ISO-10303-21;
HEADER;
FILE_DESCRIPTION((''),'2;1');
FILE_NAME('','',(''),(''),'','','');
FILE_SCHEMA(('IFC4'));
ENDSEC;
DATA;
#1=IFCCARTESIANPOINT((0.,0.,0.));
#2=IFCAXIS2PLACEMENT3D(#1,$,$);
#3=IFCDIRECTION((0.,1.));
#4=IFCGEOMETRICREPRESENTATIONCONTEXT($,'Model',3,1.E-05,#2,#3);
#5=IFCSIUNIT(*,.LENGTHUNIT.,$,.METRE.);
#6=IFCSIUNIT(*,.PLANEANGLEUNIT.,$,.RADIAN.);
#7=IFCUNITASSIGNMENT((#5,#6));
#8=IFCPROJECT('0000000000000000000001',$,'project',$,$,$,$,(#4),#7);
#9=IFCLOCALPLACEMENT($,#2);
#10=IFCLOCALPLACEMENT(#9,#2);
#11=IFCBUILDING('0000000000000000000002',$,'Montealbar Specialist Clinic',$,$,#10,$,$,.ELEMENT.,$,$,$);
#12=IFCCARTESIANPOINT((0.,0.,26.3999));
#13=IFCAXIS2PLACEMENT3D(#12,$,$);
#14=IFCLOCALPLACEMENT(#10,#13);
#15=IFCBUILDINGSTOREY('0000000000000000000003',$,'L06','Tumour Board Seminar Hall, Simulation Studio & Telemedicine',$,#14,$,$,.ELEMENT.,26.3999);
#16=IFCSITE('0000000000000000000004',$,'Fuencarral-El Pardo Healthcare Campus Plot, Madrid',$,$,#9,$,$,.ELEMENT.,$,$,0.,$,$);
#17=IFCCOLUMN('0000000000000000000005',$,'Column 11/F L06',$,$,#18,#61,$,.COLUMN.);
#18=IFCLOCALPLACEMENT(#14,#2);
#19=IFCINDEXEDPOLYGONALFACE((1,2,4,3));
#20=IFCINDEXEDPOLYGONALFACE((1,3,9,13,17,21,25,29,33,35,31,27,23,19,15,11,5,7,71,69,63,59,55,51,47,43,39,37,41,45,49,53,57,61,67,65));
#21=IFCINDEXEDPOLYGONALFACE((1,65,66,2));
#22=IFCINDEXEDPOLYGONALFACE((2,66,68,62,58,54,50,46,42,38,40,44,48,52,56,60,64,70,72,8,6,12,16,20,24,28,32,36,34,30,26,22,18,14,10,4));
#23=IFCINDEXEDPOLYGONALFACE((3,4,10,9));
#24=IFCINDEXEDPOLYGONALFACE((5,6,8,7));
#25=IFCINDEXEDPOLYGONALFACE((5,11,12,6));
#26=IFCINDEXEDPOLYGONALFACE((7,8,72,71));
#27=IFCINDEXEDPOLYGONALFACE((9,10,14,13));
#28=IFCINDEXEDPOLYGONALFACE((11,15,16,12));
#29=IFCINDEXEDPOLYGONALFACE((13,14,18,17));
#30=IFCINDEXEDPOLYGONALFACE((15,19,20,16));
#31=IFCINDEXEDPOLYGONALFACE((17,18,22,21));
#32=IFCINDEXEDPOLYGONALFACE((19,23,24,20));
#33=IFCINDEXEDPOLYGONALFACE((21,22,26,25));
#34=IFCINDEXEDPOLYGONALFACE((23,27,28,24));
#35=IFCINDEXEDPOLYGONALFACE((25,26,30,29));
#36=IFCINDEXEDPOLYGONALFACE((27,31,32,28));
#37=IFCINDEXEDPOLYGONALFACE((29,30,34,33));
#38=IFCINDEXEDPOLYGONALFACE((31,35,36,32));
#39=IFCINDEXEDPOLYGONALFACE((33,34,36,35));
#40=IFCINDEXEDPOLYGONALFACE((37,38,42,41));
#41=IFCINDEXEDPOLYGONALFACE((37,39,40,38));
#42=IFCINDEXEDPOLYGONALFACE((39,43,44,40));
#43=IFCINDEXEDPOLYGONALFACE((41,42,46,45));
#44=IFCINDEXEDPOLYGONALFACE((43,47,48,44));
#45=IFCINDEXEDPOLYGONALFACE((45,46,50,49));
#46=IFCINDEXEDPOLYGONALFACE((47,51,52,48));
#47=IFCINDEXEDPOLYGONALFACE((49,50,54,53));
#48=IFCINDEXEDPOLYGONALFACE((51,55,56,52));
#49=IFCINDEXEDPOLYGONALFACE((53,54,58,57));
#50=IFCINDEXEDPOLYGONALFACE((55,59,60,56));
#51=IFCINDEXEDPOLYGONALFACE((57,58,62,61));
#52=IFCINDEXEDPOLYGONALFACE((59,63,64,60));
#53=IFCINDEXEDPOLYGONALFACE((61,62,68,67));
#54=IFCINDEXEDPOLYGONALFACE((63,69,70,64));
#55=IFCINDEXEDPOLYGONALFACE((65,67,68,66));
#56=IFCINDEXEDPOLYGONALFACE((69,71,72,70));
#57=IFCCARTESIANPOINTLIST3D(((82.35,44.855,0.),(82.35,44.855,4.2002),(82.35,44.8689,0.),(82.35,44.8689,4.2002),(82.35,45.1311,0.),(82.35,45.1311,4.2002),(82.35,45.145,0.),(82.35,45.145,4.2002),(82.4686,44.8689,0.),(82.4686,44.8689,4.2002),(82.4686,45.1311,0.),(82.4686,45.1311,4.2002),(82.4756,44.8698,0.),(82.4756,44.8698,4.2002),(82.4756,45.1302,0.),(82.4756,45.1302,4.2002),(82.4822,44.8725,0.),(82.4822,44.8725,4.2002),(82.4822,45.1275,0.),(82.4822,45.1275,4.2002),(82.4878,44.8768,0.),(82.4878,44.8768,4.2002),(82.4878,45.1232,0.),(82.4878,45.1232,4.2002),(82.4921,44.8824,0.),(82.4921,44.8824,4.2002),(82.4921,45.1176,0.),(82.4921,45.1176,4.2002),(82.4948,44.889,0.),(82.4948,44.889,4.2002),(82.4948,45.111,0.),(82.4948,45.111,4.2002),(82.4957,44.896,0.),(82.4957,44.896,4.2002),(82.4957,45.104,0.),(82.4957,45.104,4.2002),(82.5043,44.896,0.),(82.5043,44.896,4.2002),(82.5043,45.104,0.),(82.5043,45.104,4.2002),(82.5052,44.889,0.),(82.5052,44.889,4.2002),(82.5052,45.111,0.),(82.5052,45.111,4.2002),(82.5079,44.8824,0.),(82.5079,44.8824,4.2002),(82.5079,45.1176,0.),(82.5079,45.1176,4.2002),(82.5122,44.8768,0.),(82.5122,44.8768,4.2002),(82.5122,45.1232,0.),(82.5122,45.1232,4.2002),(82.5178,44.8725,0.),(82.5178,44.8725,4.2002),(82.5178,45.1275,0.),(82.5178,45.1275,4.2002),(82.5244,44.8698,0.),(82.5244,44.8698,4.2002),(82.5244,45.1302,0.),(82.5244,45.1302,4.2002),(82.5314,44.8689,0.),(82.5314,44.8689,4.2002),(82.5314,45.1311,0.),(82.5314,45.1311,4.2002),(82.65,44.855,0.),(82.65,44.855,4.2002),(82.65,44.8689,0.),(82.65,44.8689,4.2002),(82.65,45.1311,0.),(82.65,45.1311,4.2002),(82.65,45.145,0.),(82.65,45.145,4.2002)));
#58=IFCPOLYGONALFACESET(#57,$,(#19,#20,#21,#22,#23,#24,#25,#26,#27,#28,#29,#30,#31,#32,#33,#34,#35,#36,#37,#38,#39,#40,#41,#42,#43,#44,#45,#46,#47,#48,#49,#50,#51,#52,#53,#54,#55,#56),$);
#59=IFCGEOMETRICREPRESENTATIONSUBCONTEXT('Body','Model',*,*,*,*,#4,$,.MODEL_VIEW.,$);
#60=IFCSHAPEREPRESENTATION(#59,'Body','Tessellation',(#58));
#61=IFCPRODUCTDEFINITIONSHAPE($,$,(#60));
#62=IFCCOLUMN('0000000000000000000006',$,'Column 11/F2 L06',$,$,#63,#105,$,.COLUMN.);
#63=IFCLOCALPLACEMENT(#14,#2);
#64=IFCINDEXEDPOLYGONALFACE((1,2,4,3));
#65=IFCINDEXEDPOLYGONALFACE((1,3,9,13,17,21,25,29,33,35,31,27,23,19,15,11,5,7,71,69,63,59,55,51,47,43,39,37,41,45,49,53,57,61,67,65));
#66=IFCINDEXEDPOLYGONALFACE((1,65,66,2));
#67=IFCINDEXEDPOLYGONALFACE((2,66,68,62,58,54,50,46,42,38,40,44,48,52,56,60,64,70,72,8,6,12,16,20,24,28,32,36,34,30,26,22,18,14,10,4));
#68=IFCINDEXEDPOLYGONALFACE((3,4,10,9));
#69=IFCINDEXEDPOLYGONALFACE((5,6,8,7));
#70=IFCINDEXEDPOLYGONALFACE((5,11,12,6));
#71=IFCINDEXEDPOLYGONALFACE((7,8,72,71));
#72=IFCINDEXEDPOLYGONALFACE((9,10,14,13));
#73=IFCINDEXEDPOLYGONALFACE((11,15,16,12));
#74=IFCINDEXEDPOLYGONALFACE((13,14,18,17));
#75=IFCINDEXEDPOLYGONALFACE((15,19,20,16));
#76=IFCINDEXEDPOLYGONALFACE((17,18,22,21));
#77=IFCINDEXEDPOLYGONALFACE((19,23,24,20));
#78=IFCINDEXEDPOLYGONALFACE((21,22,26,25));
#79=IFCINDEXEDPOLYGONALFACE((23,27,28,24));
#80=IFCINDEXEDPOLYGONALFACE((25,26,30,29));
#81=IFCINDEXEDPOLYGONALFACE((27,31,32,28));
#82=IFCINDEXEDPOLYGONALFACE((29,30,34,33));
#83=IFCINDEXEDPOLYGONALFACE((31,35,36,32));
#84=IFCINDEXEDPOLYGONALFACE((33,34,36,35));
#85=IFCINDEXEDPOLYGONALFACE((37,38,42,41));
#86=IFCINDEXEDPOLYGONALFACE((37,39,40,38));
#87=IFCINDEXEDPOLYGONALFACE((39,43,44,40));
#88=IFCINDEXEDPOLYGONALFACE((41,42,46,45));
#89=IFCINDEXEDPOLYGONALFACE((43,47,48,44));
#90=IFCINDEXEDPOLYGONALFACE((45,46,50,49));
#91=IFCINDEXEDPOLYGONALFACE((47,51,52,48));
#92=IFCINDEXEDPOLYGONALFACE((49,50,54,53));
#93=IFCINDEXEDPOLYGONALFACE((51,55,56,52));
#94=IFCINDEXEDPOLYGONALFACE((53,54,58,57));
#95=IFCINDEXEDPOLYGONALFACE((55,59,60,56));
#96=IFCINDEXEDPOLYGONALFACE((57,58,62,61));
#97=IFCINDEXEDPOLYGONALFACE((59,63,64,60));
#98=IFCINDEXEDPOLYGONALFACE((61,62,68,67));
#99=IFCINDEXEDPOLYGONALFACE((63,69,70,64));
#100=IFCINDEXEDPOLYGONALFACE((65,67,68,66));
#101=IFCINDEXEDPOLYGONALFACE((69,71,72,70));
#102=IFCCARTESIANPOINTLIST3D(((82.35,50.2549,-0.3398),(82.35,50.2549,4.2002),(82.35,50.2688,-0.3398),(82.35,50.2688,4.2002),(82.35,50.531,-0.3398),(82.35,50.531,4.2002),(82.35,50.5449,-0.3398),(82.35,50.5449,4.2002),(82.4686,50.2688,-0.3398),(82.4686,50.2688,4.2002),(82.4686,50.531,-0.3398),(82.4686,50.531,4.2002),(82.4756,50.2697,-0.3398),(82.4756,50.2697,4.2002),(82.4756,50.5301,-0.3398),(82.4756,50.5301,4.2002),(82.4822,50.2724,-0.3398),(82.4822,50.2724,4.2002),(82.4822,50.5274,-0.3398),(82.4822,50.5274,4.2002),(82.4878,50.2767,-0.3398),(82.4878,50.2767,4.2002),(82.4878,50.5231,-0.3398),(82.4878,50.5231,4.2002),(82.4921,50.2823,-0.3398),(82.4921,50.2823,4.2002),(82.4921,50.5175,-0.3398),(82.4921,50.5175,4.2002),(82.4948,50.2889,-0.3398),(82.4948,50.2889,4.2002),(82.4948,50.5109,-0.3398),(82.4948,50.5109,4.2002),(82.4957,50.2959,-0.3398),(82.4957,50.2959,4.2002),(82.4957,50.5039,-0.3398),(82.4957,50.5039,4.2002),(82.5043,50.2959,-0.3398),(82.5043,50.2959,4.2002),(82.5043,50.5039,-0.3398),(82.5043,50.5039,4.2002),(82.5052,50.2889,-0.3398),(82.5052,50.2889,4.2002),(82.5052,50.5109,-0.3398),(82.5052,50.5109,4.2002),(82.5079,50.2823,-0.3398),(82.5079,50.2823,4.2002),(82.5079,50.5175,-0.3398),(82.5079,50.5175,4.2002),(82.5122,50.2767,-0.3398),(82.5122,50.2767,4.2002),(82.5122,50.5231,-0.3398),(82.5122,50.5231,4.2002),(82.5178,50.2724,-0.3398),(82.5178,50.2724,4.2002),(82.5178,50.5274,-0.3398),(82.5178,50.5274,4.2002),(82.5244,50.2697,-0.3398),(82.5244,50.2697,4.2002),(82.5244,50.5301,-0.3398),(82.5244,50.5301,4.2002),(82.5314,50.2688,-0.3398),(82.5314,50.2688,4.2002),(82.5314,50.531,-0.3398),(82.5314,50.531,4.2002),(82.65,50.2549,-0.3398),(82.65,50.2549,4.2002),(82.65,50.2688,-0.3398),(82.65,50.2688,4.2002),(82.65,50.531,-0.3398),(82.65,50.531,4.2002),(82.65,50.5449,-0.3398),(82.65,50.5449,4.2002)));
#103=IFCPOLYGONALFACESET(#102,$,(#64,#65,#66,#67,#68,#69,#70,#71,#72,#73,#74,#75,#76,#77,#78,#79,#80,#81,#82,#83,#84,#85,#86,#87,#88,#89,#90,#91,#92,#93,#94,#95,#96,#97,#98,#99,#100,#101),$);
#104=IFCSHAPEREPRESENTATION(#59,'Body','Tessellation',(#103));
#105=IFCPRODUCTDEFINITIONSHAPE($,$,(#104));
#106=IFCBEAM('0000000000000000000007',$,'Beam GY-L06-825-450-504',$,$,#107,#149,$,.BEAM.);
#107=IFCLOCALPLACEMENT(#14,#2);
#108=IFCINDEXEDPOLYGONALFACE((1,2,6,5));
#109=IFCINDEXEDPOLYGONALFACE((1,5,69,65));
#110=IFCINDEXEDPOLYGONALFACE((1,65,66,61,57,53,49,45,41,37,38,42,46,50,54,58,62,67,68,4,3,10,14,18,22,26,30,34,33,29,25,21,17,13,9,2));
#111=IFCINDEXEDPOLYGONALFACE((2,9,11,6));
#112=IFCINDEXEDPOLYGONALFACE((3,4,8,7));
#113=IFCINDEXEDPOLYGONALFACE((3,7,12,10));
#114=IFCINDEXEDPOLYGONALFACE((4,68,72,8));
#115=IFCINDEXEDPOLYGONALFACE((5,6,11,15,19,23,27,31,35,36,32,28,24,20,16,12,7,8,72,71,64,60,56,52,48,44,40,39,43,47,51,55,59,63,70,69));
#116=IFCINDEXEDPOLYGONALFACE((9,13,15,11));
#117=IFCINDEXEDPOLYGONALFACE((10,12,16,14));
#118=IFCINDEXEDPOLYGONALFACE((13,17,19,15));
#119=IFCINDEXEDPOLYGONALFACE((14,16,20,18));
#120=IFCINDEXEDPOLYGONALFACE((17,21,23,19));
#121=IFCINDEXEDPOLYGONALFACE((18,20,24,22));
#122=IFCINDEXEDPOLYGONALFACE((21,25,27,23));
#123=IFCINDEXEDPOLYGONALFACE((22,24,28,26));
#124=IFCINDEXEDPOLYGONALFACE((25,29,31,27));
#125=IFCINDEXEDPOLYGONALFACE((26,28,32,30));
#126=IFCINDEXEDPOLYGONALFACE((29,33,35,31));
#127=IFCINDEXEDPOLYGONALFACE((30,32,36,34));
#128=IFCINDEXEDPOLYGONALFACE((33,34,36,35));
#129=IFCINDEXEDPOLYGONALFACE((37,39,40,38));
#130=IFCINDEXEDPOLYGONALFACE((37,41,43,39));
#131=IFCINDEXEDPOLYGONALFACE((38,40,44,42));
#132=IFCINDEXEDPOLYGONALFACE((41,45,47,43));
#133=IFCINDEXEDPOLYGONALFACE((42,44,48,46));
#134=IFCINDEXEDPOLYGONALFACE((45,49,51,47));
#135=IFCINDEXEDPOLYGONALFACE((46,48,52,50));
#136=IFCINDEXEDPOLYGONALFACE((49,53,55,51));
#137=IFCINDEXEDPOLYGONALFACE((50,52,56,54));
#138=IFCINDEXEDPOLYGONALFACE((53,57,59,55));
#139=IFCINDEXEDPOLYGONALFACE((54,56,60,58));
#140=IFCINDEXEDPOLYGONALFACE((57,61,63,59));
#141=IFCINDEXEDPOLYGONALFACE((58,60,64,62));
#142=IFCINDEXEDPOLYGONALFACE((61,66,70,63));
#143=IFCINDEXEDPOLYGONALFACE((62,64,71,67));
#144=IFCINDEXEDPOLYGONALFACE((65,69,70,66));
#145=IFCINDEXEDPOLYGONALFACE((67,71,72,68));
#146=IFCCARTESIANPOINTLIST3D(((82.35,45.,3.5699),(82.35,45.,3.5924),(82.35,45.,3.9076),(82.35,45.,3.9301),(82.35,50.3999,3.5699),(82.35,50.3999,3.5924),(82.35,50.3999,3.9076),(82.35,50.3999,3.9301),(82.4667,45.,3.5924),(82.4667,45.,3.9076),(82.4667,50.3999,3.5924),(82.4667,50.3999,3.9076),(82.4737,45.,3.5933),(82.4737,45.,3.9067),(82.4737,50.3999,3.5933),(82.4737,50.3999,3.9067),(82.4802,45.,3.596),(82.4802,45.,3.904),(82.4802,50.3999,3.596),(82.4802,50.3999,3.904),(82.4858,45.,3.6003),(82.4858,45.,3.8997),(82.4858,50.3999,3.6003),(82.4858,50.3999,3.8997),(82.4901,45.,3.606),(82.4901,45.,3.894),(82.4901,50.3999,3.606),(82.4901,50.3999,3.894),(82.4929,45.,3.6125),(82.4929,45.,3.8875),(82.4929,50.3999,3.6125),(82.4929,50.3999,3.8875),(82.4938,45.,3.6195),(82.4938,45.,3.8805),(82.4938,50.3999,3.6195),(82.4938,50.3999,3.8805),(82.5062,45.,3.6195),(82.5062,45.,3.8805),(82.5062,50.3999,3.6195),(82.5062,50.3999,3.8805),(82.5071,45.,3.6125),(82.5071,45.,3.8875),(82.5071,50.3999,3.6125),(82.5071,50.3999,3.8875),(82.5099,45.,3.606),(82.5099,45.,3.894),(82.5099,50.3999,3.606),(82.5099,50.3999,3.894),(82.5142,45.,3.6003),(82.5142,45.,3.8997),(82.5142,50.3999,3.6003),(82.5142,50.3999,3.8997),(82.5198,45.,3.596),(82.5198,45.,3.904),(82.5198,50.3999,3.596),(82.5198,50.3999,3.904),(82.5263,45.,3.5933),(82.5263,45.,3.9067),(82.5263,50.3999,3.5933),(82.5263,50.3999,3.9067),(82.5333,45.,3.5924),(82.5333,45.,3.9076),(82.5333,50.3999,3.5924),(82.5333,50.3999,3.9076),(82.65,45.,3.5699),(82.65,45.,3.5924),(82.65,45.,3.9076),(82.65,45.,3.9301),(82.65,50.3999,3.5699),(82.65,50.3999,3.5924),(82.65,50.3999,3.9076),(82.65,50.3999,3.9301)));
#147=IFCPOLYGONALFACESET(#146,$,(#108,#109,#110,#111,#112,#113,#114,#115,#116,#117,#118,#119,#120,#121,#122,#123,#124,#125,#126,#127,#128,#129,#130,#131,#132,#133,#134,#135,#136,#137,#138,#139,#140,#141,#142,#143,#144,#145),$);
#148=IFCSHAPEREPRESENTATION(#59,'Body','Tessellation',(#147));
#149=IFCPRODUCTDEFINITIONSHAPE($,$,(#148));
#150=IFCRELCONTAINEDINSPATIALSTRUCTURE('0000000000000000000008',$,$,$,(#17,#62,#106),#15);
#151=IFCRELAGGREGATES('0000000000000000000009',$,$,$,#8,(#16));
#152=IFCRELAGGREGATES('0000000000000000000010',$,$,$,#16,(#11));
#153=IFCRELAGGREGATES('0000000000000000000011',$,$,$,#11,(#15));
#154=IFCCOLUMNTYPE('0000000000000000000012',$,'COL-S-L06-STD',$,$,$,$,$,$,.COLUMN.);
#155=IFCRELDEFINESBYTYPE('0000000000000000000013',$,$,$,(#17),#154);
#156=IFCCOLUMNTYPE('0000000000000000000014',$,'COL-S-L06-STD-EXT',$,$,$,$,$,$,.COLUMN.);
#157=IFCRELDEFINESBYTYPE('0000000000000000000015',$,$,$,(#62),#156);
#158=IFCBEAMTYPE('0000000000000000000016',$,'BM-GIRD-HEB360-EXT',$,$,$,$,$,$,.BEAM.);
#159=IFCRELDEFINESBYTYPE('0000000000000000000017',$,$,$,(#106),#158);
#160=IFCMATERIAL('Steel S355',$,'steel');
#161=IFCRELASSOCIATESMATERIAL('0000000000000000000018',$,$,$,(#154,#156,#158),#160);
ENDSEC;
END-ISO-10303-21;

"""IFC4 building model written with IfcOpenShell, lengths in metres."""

from ifc_helpers import new_model, si_unit, direction, frame, origin, origin_2d, place, context, subcontext, project, spatial, i_section, extrude, material, material_profile, profile_set, type_object, element, save


model = new_model("IFC4")

# Units and contexts
model_context = context("Model", 3, precision=1e-05, world=origin(), true_north=direction((0.0, 1.0)))
body_context = subcontext(model_context, "Body", "Model", "MODEL_VIEW")
ifc_project = project(units=[si_unit("LENGTHUNIT", "METRE"), si_unit("PLANEANGLEUNIT", "RADIAN")], contexts=[model_context])

# Site, building, storey
site_placement = place(None, origin())
site = spatial("IfcSite", under=ifc_project, at=site_placement, Name="Fuencarral-El Pardo Healthcare Campus Plot, Madrid", CompositionType="ELEMENT", RefElevation=0.0)
building_placement = place(site_placement, origin())
building = spatial("IfcBuilding", under=site, at=building_placement, Name="Montealbar Specialist Clinic", CompositionType="ELEMENT")
storey_placement = place(building_placement, frame((0.0, 0.0, 26.3999)))
storey = spatial("IfcBuildingStorey", under=building, at=storey_placement, Name="L06", Description="Tumour Board Seminar Hall, Simulation Studio & Telemedicine", CompositionType="ELEMENT", Elevation=26.3999)

# Columns
ifc_material_1 = material(Name="Steel S355", Category="steel")
ifc_material_profile_1 = material_profile(ifc_material_1, i_section(OverallWidth=0.3, OverallDepth=0.29, WebThickness=0.0085, FlangeThickness=0.0139, FilletRadius=0.0271, at=origin_2d()), Name="HEA 300", Category="steel")
ifc_profile_set_1 = profile_set([ifc_material_profile_1], Name="Steel S355")
column_type_1 = type_object("IfcColumnType", Name="COL-S-L06-STD", PredefinedType="COLUMN", material=ifc_profile_set_1)
column_1_placement = place(storey_placement, frame((82.5, 45.0, 0.0), z_axis=(0.0, 0.0, 1.0), x_axis=(1.0, 0.0, 0.0)))
element("IfcColumn", 1, at=column_1_placement, inside=storey, type_object=column_type_1, Name="Column 11/F L06", PredefinedType="COLUMN", context=body_context, shape_type="SweptSolid", body=[
    extrude(i_section(OverallWidth=0.3, OverallDepth=0.29, WebThickness=0.0085, FlangeThickness=0.0139, FilletRadius=0.0271, at=origin_2d()), origin(), (0.0, 0.0, 1.0), 4.2002),
])
ifc_material_profile_2 = material_profile(ifc_material_1, i_section(OverallWidth=0.3, OverallDepth=0.29, WebThickness=0.0085, FlangeThickness=0.0139, FilletRadius=0.0271, at=origin_2d()), Name="HEA 300", Category="steel")
ifc_profile_set_2 = profile_set([ifc_material_profile_2], Name="Steel S355")
column_type_2 = type_object("IfcColumnType", Name="COL-S-L06-STD-EXT", PredefinedType="COLUMN", material=ifc_profile_set_2)
column_2_placement = place(storey_placement, frame((82.5, 50.3999, -0.3398), z_axis=(0.0, 0.0, 1.0), x_axis=(1.0, 0.0, 0.0)))
element("IfcColumn", 2, at=column_2_placement, inside=storey, type_object=column_type_2, Name="Column 11/F2 L06", PredefinedType="COLUMN", context=body_context, shape_type="SweptSolid", body=[
    extrude(i_section(OverallWidth=0.3, OverallDepth=0.29, WebThickness=0.0085, FlangeThickness=0.0139, FilletRadius=0.0271, at=origin_2d()), origin(), (0.0, 0.0, 1.0), 4.54),
])

# Beam
ifc_material_profile_3 = material_profile(ifc_material_1, i_section(OverallWidth=0.3, OverallDepth=0.3601, WebThickness=0.0125, FlangeThickness=0.0225, FilletRadius=0.0271, at=origin_2d()), Name="HEB 360", Category="steel")
ifc_profile_set_3 = profile_set([ifc_material_profile_3], Name="Steel S355")
beam_type_1 = type_object("IfcBeamType", Name="BM-GIRD-HEB360-EXT", PredefinedType="BEAM", material=ifc_profile_set_3)
beam_1_placement = place(storey_placement, frame((82.5, 45.0, 3.75), z_axis=(0.0, 1.0, 0.0), x_axis=(-1.0, 0.0, 0.0)))
element("IfcBeam", 3, at=beam_1_placement, inside=storey, type_object=beam_type_1, Name="Beam GY-L06-825-450-504", PredefinedType="BEAM", context=body_context, shape_type="SweptSolid", body=[
    extrude(i_section(OverallWidth=0.3, OverallDepth=0.3601, WebThickness=0.0125, FlangeThickness=0.0225, FilletRadius=0.0271, at=origin_2d()), origin(), (0.0, 0.0, 1.0), 5.3999),
])

save(model, "model.ifc")
